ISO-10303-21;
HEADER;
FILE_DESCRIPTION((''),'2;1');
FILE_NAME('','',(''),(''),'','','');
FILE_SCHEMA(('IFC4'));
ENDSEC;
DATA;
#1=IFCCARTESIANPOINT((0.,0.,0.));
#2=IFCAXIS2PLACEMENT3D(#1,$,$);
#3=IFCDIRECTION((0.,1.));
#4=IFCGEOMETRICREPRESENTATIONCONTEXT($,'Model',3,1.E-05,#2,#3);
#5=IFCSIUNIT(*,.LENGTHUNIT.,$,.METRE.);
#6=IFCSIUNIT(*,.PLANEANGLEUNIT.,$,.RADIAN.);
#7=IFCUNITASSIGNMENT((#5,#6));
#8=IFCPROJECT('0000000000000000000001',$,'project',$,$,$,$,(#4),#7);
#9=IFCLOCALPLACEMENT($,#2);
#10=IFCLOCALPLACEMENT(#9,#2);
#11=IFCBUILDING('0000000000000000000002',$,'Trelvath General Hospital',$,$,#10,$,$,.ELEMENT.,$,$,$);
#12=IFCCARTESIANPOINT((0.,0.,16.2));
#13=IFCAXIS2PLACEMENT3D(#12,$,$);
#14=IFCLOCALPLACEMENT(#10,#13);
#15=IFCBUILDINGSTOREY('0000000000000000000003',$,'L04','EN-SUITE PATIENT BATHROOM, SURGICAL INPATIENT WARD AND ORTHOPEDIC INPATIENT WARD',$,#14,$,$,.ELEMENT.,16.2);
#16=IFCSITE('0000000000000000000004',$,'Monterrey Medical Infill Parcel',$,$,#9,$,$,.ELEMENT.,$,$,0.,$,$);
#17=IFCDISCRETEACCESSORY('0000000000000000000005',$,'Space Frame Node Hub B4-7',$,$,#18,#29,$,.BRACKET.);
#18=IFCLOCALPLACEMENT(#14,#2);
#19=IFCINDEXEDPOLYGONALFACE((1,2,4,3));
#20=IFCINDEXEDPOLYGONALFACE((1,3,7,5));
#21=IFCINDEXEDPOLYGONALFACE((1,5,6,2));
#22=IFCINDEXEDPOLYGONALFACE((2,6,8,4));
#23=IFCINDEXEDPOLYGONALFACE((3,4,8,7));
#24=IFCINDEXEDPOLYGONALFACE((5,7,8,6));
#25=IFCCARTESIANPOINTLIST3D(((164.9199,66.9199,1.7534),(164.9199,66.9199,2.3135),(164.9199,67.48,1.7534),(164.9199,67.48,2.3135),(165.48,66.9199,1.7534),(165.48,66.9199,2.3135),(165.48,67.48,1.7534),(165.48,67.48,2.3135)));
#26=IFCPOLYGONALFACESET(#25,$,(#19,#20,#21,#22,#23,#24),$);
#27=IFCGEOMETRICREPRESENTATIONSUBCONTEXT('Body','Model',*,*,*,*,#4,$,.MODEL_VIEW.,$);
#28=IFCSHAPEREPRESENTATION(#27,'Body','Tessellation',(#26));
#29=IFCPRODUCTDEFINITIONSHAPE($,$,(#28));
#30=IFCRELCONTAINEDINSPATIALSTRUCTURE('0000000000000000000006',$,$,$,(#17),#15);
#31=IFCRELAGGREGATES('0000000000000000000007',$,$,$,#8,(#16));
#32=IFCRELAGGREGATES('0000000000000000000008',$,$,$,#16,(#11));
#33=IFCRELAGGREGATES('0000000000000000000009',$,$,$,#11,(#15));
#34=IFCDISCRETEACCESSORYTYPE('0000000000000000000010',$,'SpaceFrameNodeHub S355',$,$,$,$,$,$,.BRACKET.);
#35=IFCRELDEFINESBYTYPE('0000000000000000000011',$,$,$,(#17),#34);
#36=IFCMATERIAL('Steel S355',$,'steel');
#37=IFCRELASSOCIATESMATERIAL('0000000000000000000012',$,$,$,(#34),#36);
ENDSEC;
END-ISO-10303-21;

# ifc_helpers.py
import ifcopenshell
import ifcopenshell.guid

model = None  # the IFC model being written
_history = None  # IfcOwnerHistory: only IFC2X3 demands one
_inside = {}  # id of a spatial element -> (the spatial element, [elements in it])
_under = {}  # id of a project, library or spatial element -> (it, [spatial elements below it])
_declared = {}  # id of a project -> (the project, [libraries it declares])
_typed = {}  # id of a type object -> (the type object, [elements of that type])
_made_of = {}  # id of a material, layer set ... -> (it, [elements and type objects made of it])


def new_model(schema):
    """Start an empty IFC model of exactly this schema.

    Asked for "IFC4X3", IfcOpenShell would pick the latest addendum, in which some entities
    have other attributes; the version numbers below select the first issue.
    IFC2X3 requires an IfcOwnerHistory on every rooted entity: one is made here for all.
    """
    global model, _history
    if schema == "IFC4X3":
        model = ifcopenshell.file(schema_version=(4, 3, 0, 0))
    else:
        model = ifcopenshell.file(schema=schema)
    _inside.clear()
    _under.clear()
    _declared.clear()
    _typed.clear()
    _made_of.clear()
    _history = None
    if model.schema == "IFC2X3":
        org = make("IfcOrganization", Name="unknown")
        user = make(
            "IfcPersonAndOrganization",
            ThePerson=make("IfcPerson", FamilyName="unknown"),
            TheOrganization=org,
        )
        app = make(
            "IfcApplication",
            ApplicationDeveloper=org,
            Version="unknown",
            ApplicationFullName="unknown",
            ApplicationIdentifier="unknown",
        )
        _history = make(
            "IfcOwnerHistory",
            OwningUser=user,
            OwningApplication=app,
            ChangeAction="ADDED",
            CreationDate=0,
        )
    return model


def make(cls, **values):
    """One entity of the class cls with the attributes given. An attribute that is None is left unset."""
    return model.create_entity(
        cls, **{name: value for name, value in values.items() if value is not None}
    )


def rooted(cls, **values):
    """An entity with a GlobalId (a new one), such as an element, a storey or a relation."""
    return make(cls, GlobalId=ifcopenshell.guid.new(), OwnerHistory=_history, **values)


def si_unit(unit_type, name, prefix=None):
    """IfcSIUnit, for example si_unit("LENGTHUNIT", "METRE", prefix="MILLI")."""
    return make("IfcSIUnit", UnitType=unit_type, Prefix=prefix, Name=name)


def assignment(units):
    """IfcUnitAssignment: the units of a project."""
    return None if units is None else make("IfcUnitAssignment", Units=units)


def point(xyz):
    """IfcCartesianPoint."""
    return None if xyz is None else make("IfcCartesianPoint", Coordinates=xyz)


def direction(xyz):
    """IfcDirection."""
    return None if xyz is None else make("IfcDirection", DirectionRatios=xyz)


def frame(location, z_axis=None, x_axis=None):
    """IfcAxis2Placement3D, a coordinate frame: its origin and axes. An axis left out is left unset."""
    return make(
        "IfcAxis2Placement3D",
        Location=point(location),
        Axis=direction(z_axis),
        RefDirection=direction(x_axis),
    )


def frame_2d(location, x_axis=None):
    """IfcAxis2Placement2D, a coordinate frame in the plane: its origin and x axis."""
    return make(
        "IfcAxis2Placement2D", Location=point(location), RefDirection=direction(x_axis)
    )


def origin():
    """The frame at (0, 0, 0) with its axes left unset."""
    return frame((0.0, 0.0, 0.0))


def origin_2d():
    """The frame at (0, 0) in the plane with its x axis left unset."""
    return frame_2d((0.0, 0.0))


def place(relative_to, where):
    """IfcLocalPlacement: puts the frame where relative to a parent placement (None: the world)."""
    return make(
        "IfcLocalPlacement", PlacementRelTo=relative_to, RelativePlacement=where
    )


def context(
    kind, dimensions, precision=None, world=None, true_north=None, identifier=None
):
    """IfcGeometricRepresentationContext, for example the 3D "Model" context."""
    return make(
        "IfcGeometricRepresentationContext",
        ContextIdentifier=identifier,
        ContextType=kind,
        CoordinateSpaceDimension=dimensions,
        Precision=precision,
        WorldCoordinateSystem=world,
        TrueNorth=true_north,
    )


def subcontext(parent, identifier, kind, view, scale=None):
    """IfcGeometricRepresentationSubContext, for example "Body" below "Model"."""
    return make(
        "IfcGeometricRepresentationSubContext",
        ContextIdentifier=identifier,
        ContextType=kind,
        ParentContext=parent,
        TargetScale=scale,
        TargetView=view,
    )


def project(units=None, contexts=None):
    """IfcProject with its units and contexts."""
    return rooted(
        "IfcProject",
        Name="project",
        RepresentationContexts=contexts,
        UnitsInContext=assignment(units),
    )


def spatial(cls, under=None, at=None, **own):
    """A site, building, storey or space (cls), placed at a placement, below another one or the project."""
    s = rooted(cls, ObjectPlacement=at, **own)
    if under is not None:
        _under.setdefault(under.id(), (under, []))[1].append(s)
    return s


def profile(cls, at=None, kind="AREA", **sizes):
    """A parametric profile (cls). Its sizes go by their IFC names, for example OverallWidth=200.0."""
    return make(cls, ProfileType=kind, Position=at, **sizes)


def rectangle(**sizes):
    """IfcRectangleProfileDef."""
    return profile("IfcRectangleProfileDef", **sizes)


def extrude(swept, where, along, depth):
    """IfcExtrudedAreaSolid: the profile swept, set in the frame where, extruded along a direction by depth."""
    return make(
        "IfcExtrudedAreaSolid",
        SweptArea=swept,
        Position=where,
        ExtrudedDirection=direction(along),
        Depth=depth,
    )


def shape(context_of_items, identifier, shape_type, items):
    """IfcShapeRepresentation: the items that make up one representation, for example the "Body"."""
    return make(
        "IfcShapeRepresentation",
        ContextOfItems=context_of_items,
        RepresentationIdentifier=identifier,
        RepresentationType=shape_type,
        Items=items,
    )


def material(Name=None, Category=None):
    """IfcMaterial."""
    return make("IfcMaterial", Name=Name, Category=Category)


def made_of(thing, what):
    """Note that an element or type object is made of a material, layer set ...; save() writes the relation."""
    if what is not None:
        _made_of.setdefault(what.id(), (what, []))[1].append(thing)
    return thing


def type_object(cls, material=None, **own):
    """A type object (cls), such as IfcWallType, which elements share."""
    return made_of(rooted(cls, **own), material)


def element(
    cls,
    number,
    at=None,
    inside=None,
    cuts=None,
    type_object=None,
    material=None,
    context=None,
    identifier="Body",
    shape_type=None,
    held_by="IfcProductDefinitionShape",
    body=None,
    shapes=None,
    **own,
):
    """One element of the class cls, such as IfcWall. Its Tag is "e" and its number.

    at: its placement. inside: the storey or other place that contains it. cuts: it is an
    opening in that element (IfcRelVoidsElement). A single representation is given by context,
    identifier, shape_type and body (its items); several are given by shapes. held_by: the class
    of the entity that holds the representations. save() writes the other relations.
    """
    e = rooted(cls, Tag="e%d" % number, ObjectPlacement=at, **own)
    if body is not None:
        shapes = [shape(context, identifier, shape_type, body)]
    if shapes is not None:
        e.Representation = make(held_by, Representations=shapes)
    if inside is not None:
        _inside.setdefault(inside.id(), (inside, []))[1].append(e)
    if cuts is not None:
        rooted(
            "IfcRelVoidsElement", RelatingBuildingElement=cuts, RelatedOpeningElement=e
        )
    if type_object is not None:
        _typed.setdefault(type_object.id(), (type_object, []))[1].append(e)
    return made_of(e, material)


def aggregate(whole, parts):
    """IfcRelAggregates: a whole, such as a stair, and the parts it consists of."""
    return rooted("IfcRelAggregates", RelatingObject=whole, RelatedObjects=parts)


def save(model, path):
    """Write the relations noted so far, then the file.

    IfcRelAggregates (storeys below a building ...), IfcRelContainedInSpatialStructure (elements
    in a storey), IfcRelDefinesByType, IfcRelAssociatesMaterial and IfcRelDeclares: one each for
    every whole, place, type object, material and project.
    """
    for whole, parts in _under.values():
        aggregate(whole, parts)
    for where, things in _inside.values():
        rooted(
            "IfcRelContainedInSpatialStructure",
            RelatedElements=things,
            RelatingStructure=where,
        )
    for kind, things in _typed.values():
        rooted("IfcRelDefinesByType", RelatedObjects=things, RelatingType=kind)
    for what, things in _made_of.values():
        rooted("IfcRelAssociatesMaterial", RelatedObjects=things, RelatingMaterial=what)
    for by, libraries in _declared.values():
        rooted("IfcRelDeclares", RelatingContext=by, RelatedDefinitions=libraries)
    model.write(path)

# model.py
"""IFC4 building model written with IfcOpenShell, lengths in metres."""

from ifc_helpers import new_model, si_unit, direction, frame, origin, origin_2d, place, context, subcontext, project, spatial, rectangle, extrude, material, type_object, element, save


model = new_model("IFC4")

# Units and contexts
model_context = context("Model", 3, precision=1e-05, world=origin(), true_north=direction((0.0, 1.0)))
body_context = subcontext(model_context, "Body", "Model", "MODEL_VIEW")
ifc_project = project(units=[si_unit("LENGTHUNIT", "METRE"), si_unit("PLANEANGLEUNIT", "RADIAN")], contexts=[model_context])

# Site, building, storey
site_placement = place(None, origin())
site = spatial("IfcSite", under=ifc_project, at=site_placement, Name="Monterrey Medical Infill Parcel", CompositionType="ELEMENT", RefElevation=0.0)
building_placement = place(site_placement, origin())
building = spatial("IfcBuilding", under=site, at=building_placement, Name="Trelvath General Hospital", CompositionType="ELEMENT")
storey_placement = place(building_placement, frame((0.0, 0.0, 16.2)))
storey = spatial("IfcBuildingStorey", under=building, at=storey_placement, Name="L04", Description="EN-SUITE PATIENT BATHROOM, SURGICAL INPATIENT WARD AND ORTHOPEDIC INPATIENT WARD", CompositionType="ELEMENT", Elevation=16.2)

# Discrete accessory
ifc_material_1 = material(Name="Steel S355", Category="steel")
discrete_accessory_type = type_object("IfcDiscreteAccessoryType", Name="SpaceFrameNodeHub S355", PredefinedType="BRACKET", material=ifc_material_1)
for number, where, z_axis, x_axis, name in (
    (1, (165.2, 67.2, 1.7534), (0.0, 0.0, 1.0), (1.0, 0.0, 0.0), "Space Frame Node Hub B4-7"),
):
    element("IfcDiscreteAccessory", number, at=place(storey_placement, frame(where, z_axis=z_axis, x_axis=x_axis)), inside=storey, type_object=discrete_accessory_type, Name=name, PredefinedType="BRACKET", context=body_context, shape_type="SweptSolid", body=[
        extrude(rectangle(XDim=0.5601, YDim=0.5601, at=origin_2d()), origin(), (0.0, 0.0, 1.0), 0.5601),
    ])

save(model, "model.ifc")
